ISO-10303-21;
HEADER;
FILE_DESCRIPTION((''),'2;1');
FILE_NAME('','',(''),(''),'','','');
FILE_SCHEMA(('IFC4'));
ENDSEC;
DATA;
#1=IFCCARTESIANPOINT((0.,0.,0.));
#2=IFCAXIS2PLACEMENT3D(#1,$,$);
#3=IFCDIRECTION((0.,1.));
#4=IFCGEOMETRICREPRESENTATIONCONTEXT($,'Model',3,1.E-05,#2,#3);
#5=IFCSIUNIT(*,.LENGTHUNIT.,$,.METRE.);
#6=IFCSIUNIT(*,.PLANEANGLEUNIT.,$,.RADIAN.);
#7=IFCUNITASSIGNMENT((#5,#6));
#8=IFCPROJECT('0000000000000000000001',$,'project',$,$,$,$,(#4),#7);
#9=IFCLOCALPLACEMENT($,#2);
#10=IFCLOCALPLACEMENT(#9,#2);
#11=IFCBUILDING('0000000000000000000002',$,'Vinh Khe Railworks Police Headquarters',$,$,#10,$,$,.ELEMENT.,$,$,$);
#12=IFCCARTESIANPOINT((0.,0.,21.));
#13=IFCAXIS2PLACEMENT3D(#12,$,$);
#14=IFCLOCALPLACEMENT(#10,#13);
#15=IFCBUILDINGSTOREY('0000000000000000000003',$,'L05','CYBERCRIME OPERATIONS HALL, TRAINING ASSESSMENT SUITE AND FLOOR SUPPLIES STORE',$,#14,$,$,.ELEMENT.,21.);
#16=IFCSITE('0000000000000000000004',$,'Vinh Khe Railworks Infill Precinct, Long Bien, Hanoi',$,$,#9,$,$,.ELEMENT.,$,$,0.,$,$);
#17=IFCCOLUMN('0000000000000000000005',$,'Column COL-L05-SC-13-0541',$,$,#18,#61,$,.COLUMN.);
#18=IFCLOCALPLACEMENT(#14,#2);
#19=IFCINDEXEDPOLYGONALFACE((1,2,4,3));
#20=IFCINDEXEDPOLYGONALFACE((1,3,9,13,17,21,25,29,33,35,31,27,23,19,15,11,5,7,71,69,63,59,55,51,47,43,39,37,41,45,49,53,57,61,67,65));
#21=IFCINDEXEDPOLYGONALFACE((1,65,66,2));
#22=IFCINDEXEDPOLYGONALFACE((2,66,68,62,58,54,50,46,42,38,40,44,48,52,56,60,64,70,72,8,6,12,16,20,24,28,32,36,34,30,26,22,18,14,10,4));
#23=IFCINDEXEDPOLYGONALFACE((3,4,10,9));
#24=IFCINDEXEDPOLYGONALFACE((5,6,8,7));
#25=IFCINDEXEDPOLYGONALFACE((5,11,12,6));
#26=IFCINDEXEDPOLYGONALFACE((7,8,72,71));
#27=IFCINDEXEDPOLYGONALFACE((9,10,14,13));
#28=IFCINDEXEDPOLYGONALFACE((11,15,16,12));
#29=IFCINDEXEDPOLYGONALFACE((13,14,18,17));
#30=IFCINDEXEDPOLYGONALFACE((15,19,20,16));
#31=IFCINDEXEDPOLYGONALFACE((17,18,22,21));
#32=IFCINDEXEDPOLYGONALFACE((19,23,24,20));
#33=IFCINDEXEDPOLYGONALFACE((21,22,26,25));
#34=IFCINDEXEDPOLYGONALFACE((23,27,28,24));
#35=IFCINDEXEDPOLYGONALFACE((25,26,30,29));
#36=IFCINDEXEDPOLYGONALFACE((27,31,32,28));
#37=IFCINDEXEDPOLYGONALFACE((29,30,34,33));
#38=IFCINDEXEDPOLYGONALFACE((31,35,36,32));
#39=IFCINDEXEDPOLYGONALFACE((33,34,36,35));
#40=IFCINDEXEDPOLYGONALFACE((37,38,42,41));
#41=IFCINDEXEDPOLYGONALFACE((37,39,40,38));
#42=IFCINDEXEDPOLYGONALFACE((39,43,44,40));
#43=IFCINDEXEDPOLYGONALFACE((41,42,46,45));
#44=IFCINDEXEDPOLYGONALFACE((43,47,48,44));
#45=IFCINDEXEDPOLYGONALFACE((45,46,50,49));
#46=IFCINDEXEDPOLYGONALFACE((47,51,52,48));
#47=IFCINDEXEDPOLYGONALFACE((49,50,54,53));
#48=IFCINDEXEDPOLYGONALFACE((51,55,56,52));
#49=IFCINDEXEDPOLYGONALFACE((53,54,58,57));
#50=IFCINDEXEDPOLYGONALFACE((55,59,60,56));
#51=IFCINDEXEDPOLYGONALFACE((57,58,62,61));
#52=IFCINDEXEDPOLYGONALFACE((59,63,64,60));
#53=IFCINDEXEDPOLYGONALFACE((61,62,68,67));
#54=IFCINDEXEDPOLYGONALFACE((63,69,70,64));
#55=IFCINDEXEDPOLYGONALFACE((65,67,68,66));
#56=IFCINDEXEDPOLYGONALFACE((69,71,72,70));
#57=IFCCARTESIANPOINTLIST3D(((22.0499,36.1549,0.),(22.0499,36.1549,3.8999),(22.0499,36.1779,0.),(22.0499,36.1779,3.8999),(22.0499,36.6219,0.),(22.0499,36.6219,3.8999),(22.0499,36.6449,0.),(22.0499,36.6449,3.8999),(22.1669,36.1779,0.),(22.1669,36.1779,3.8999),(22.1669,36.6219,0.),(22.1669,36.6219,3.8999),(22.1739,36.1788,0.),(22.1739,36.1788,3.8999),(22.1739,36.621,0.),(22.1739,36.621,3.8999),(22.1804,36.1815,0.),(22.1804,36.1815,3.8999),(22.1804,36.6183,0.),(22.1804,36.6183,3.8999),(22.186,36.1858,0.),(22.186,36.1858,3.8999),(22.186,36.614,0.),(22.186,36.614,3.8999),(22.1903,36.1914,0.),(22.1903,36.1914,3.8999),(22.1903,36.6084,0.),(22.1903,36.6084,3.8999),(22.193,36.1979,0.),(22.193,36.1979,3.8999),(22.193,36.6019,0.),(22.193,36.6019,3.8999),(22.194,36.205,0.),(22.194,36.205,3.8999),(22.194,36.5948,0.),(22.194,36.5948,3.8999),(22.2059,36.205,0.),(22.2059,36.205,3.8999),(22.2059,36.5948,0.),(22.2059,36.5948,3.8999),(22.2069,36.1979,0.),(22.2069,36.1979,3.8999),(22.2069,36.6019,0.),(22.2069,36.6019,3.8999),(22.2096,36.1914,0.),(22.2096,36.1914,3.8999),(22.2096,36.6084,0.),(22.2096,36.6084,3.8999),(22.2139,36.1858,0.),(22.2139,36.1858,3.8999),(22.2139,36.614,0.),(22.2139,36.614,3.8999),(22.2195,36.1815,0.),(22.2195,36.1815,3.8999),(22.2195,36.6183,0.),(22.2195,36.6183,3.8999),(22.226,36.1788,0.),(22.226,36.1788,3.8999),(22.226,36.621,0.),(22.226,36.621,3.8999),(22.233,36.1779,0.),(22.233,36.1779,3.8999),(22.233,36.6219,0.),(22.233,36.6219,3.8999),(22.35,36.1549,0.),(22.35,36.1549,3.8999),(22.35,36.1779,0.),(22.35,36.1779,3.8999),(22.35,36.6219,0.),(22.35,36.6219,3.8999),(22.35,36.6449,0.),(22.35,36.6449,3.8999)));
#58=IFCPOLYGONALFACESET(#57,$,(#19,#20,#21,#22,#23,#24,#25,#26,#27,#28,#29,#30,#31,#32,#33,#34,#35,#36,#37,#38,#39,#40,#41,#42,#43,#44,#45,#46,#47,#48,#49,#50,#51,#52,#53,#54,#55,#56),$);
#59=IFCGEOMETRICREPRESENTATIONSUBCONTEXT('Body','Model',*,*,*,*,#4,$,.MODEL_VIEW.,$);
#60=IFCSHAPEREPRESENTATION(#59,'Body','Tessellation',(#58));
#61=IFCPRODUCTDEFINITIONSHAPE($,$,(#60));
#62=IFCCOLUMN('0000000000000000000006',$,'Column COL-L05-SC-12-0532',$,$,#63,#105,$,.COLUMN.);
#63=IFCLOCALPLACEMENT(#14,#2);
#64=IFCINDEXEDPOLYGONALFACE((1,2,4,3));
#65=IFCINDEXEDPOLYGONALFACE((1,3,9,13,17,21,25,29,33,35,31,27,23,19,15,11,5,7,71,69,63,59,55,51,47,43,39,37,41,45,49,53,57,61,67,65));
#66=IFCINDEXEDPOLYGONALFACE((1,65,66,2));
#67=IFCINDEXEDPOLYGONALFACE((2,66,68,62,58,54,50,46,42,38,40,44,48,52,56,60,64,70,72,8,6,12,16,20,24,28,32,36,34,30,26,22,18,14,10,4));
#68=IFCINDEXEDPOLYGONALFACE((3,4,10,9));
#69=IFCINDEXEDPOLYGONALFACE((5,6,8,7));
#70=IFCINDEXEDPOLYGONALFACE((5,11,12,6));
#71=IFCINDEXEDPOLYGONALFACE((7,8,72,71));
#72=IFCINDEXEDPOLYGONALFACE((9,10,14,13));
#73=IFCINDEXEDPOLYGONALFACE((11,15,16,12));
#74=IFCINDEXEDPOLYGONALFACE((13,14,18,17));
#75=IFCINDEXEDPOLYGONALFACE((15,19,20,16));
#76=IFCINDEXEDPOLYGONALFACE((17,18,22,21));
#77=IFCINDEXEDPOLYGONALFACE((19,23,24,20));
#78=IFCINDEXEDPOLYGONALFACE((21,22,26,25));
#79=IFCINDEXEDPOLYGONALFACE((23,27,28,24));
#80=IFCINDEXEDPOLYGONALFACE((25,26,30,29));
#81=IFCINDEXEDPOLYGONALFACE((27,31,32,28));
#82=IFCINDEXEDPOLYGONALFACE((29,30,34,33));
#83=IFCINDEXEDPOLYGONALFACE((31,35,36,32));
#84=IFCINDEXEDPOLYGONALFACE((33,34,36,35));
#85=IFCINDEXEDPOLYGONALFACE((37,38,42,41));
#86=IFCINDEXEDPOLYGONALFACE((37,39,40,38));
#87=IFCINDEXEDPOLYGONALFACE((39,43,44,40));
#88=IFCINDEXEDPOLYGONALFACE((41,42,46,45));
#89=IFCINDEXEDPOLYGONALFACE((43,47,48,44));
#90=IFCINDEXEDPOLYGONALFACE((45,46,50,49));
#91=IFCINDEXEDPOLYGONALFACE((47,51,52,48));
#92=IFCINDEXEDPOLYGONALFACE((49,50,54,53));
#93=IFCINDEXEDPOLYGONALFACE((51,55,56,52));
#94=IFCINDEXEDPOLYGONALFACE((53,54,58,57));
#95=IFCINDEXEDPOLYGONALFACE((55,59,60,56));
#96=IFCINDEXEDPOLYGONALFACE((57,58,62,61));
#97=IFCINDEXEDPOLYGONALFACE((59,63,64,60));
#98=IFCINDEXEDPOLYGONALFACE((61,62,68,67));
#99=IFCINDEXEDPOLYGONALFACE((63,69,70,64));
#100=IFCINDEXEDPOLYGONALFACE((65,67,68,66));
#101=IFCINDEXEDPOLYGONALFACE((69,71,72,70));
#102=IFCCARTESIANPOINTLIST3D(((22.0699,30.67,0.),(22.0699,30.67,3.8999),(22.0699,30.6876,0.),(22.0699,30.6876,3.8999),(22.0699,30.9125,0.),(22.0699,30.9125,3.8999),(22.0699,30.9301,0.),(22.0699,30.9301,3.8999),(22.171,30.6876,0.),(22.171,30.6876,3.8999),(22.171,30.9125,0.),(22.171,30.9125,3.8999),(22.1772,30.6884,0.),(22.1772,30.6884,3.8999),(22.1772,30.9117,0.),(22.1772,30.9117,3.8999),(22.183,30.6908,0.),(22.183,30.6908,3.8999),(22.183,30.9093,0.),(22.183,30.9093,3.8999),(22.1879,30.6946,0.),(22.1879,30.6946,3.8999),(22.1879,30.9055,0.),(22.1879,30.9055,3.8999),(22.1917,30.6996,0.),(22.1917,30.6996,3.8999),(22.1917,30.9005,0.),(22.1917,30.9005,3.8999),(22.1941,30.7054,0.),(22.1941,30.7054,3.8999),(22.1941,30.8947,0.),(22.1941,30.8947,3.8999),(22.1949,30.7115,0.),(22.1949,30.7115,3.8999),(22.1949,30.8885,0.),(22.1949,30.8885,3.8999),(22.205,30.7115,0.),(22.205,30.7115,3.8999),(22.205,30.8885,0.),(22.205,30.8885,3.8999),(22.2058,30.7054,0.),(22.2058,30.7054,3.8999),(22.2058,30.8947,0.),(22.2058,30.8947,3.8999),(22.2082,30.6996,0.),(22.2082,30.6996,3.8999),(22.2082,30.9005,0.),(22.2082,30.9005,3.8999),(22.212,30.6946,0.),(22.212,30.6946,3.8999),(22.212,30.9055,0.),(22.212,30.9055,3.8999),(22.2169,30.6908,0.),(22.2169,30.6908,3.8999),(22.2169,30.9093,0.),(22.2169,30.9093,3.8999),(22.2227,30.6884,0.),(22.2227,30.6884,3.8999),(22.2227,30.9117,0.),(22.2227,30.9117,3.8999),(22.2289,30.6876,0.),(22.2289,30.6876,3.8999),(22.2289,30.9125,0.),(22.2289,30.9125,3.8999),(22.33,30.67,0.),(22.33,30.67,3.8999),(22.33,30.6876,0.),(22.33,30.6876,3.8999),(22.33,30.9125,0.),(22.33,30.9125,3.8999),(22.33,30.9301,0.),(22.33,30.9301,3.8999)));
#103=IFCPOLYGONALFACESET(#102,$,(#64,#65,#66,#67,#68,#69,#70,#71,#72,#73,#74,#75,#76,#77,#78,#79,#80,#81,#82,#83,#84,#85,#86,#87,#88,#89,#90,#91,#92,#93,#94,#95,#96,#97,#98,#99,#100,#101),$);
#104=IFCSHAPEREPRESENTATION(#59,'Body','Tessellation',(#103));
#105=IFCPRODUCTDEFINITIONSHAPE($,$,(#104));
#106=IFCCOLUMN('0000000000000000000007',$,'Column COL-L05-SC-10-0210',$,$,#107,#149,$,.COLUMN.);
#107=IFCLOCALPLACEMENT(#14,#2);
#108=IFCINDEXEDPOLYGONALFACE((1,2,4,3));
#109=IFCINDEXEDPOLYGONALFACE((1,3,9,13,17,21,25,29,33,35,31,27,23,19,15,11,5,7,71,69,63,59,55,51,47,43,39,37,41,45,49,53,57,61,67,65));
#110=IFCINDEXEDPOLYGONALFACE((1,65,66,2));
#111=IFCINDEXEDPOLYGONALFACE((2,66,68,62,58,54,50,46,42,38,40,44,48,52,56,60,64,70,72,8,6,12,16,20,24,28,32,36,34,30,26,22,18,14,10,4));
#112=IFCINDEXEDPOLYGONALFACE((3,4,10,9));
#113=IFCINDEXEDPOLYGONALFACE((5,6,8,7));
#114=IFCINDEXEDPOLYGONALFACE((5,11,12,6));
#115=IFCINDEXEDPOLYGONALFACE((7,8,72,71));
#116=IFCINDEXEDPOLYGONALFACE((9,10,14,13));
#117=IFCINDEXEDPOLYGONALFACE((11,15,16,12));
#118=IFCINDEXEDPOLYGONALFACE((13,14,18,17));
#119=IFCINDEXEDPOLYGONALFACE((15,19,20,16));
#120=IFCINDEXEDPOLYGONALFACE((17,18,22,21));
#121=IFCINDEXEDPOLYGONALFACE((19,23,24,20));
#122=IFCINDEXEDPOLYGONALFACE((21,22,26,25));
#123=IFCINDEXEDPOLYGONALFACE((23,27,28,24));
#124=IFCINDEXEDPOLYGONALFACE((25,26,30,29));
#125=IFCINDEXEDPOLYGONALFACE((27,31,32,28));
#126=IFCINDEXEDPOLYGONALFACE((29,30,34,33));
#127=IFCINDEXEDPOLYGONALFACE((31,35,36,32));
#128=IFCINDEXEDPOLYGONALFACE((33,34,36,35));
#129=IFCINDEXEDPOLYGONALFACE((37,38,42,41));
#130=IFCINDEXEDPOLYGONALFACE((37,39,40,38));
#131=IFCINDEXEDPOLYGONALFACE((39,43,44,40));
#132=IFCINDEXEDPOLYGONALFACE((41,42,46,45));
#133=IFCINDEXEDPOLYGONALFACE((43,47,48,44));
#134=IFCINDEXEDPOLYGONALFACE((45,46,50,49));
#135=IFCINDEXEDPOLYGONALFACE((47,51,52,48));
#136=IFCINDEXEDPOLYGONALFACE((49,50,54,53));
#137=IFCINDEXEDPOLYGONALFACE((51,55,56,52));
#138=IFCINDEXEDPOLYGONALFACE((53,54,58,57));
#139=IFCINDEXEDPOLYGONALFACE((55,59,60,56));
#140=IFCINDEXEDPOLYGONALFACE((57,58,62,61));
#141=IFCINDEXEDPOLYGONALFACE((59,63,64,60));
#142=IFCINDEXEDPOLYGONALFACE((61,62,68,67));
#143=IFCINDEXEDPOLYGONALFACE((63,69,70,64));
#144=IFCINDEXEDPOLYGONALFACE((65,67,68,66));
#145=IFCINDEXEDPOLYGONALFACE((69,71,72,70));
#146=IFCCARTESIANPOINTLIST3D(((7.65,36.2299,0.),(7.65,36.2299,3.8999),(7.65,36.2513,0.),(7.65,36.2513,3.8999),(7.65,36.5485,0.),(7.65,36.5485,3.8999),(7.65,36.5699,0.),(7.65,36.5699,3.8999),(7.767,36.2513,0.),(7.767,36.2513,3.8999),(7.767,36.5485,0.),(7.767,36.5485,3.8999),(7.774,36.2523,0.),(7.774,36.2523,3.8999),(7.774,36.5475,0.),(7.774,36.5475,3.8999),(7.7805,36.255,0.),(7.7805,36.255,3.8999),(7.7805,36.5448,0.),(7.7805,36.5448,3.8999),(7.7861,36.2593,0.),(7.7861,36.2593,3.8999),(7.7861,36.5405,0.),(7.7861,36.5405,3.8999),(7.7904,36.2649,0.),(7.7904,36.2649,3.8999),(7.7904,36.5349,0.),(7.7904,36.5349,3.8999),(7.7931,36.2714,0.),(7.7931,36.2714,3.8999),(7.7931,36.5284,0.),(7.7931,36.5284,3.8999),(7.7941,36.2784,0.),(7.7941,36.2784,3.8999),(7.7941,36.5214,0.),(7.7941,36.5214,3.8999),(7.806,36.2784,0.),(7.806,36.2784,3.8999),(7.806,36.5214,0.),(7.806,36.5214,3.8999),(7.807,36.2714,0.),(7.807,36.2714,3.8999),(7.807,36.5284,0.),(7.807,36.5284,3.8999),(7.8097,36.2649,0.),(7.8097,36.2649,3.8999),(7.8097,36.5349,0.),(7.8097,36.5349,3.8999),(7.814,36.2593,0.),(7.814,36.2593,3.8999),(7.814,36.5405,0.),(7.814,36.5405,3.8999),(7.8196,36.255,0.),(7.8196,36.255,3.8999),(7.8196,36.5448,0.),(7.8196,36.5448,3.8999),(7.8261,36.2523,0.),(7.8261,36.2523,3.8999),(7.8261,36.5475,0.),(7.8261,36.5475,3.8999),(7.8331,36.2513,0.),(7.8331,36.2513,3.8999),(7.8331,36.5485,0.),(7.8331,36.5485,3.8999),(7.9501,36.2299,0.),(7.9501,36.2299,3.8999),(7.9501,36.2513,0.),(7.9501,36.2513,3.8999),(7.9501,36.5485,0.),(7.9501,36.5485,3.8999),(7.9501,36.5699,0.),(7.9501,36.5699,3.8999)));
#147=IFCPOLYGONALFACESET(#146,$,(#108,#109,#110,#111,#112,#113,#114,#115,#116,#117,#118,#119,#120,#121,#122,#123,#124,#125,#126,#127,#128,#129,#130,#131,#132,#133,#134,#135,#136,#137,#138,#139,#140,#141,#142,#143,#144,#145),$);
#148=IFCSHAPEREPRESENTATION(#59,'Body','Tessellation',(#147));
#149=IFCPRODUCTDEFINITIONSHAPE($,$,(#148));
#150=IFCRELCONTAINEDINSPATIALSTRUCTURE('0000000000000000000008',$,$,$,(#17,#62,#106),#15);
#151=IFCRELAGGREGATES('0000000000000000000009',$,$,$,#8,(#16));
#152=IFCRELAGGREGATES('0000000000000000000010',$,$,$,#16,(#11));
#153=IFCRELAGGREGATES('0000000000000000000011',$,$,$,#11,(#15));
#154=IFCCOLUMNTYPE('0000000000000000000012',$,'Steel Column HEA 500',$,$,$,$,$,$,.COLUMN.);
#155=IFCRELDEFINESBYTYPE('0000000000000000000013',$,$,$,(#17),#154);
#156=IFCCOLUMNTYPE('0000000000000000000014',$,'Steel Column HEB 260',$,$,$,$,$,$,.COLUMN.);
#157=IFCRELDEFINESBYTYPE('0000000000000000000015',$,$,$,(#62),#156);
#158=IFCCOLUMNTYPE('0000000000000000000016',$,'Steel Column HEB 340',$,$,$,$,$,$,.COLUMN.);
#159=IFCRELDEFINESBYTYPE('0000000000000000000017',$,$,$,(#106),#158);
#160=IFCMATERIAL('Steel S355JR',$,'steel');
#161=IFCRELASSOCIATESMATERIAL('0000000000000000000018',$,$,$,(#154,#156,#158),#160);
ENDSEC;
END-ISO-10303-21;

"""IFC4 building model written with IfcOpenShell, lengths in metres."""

from ifc_helpers import new_model, si_unit, direction, frame, origin, origin_2d, place, context, subcontext, project, spatial, i_section, extrude, material, material_profile, profile_set, type_object, element, save


model = new_model("IFC4")

# Units and contexts
model_context = context("Model", 3, precision=1e-05, world=origin(), true_north=direction((0.0, 1.0)))
body_context = subcontext(model_context, "Body", "Model", "MODEL_VIEW")
ifc_project = project(units=[si_unit("LENGTHUNIT", "METRE"), si_unit("PLANEANGLEUNIT", "RADIAN")], contexts=[model_context])

# Site, building, storey
site_placement = place(None, origin())
site = spatial("IfcSite", under=ifc_project, at=site_placement, Name="Vinh Khe Railworks Infill Precinct, Long Bien, Hanoi", CompositionType="ELEMENT", RefElevation=0.0)
building_placement = place(site_placement, origin())
building = spatial("IfcBuilding", under=site, at=building_placement, Name="Vinh Khe Railworks Police Headquarters", CompositionType="ELEMENT")
storey_placement = place(building_placement, frame((0.0, 0.0, 21.0)))
storey = spatial("IfcBuildingStorey", under=building, at=storey_placement, Name="L05", Description="CYBERCRIME OPERATIONS HALL, TRAINING ASSESSMENT SUITE AND FLOOR SUPPLIES STORE", CompositionType="ELEMENT", Elevation=21.0)

# Columns
ifc_material_1 = material(Name="Steel S355JR", Category="steel")
ifc_material_profile_1 = material_profile(ifc_material_1, i_section(OverallWidth=0.3, OverallDepth=0.49, WebThickness=0.012, FlangeThickness=0.0229, FilletRadius=0.0271, at=origin_2d()), Name="HEA 500")
ifc_profile_set_1 = profile_set([ifc_material_profile_1], Name="Steel S355JR")
column_type_1 = type_object("IfcColumnType", Name="Steel Column HEA 500", PredefinedType="COLUMN", material=ifc_profile_set_1)
column_1_placement = place(storey_placement, frame((22.2, 36.3999, 0.0), z_axis=(0.0, 0.0, 1.0), x_axis=(1.0, 0.0, 0.0)))
element("IfcColumn", 1, at=column_1_placement, inside=storey, type_object=column_type_1, Name="Column COL-L05-SC-13-0541", PredefinedType="COLUMN", context=body_context, shape_type="SweptSolid", body=[
    extrude(i_section(OverallWidth=0.3, OverallDepth=0.49, WebThickness=0.012, FlangeThickness=0.0229, FilletRadius=0.0271, at=origin_2d()), origin(), (0.0, 0.0, 1.0), 3.8999),
])
ifc_material_profile_2 = material_profile(ifc_material_1, i_section(OverallWidth=0.26, OverallDepth=0.26, WebThickness=0.01, FlangeThickness=0.0176, FilletRadius=0.0239, at=origin_2d()), Name="HEB 260")
ifc_profile_set_2 = profile_set([ifc_material_profile_2], Name="Steel S355JR")
column_type_2 = type_object("IfcColumnType", Name="Steel Column HEB 260", PredefinedType="COLUMN", material=ifc_profile_set_2)
column_2_placement = place(storey_placement, frame((22.2, 30.8, 0.0), z_axis=(0.0, 0.0, 1.0), x_axis=(1.0, 0.0, 0.0)))
element("IfcColumn", 2, at=column_2_placement, inside=storey, type_object=column_type_2, Name="Column COL-L05-SC-12-0532", PredefinedType="COLUMN", context=body_context, shape_type="SweptSolid", body=[
    extrude(i_section(OverallWidth=0.26, OverallDepth=0.26, WebThickness=0.01, FlangeThickness=0.0176, FilletRadius=0.0239, at=origin_2d()), origin(), (0.0, 0.0, 1.0), 3.8999),
])
ifc_material_profile_3 = material_profile(ifc_material_1, i_section(OverallWidth=0.3, OverallDepth=0.3401, WebThickness=0.012, FlangeThickness=0.0215, FilletRadius=0.0271, at=origin_2d()), Name="HEB 340")
ifc_profile_set_3 = profile_set([ifc_material_profile_3], Name="Steel S355JR")
column_type_3 = type_object("IfcColumnType", Name="Steel Column HEB 340", PredefinedType="COLUMN", material=ifc_profile_set_3)
column_3_placement = place(storey_placement, frame((7.8, 36.3999, 0.0), z_axis=(0.0, 0.0, 1.0), x_axis=(1.0, 0.0, 0.0)))
element("IfcColumn", 3, at=column_3_placement, inside=storey, type_object=column_type_3, Name="Column COL-L05-SC-10-0210", PredefinedType="COLUMN", context=body_context, shape_type="SweptSolid", body=[
    extrude(i_section(OverallWidth=0.3, OverallDepth=0.3401, WebThickness=0.012, FlangeThickness=0.0215, FilletRadius=0.0271, at=origin_2d()), origin(), (0.0, 0.0, 1.0), 3.8999),
])

save(model, "model.ifc")
